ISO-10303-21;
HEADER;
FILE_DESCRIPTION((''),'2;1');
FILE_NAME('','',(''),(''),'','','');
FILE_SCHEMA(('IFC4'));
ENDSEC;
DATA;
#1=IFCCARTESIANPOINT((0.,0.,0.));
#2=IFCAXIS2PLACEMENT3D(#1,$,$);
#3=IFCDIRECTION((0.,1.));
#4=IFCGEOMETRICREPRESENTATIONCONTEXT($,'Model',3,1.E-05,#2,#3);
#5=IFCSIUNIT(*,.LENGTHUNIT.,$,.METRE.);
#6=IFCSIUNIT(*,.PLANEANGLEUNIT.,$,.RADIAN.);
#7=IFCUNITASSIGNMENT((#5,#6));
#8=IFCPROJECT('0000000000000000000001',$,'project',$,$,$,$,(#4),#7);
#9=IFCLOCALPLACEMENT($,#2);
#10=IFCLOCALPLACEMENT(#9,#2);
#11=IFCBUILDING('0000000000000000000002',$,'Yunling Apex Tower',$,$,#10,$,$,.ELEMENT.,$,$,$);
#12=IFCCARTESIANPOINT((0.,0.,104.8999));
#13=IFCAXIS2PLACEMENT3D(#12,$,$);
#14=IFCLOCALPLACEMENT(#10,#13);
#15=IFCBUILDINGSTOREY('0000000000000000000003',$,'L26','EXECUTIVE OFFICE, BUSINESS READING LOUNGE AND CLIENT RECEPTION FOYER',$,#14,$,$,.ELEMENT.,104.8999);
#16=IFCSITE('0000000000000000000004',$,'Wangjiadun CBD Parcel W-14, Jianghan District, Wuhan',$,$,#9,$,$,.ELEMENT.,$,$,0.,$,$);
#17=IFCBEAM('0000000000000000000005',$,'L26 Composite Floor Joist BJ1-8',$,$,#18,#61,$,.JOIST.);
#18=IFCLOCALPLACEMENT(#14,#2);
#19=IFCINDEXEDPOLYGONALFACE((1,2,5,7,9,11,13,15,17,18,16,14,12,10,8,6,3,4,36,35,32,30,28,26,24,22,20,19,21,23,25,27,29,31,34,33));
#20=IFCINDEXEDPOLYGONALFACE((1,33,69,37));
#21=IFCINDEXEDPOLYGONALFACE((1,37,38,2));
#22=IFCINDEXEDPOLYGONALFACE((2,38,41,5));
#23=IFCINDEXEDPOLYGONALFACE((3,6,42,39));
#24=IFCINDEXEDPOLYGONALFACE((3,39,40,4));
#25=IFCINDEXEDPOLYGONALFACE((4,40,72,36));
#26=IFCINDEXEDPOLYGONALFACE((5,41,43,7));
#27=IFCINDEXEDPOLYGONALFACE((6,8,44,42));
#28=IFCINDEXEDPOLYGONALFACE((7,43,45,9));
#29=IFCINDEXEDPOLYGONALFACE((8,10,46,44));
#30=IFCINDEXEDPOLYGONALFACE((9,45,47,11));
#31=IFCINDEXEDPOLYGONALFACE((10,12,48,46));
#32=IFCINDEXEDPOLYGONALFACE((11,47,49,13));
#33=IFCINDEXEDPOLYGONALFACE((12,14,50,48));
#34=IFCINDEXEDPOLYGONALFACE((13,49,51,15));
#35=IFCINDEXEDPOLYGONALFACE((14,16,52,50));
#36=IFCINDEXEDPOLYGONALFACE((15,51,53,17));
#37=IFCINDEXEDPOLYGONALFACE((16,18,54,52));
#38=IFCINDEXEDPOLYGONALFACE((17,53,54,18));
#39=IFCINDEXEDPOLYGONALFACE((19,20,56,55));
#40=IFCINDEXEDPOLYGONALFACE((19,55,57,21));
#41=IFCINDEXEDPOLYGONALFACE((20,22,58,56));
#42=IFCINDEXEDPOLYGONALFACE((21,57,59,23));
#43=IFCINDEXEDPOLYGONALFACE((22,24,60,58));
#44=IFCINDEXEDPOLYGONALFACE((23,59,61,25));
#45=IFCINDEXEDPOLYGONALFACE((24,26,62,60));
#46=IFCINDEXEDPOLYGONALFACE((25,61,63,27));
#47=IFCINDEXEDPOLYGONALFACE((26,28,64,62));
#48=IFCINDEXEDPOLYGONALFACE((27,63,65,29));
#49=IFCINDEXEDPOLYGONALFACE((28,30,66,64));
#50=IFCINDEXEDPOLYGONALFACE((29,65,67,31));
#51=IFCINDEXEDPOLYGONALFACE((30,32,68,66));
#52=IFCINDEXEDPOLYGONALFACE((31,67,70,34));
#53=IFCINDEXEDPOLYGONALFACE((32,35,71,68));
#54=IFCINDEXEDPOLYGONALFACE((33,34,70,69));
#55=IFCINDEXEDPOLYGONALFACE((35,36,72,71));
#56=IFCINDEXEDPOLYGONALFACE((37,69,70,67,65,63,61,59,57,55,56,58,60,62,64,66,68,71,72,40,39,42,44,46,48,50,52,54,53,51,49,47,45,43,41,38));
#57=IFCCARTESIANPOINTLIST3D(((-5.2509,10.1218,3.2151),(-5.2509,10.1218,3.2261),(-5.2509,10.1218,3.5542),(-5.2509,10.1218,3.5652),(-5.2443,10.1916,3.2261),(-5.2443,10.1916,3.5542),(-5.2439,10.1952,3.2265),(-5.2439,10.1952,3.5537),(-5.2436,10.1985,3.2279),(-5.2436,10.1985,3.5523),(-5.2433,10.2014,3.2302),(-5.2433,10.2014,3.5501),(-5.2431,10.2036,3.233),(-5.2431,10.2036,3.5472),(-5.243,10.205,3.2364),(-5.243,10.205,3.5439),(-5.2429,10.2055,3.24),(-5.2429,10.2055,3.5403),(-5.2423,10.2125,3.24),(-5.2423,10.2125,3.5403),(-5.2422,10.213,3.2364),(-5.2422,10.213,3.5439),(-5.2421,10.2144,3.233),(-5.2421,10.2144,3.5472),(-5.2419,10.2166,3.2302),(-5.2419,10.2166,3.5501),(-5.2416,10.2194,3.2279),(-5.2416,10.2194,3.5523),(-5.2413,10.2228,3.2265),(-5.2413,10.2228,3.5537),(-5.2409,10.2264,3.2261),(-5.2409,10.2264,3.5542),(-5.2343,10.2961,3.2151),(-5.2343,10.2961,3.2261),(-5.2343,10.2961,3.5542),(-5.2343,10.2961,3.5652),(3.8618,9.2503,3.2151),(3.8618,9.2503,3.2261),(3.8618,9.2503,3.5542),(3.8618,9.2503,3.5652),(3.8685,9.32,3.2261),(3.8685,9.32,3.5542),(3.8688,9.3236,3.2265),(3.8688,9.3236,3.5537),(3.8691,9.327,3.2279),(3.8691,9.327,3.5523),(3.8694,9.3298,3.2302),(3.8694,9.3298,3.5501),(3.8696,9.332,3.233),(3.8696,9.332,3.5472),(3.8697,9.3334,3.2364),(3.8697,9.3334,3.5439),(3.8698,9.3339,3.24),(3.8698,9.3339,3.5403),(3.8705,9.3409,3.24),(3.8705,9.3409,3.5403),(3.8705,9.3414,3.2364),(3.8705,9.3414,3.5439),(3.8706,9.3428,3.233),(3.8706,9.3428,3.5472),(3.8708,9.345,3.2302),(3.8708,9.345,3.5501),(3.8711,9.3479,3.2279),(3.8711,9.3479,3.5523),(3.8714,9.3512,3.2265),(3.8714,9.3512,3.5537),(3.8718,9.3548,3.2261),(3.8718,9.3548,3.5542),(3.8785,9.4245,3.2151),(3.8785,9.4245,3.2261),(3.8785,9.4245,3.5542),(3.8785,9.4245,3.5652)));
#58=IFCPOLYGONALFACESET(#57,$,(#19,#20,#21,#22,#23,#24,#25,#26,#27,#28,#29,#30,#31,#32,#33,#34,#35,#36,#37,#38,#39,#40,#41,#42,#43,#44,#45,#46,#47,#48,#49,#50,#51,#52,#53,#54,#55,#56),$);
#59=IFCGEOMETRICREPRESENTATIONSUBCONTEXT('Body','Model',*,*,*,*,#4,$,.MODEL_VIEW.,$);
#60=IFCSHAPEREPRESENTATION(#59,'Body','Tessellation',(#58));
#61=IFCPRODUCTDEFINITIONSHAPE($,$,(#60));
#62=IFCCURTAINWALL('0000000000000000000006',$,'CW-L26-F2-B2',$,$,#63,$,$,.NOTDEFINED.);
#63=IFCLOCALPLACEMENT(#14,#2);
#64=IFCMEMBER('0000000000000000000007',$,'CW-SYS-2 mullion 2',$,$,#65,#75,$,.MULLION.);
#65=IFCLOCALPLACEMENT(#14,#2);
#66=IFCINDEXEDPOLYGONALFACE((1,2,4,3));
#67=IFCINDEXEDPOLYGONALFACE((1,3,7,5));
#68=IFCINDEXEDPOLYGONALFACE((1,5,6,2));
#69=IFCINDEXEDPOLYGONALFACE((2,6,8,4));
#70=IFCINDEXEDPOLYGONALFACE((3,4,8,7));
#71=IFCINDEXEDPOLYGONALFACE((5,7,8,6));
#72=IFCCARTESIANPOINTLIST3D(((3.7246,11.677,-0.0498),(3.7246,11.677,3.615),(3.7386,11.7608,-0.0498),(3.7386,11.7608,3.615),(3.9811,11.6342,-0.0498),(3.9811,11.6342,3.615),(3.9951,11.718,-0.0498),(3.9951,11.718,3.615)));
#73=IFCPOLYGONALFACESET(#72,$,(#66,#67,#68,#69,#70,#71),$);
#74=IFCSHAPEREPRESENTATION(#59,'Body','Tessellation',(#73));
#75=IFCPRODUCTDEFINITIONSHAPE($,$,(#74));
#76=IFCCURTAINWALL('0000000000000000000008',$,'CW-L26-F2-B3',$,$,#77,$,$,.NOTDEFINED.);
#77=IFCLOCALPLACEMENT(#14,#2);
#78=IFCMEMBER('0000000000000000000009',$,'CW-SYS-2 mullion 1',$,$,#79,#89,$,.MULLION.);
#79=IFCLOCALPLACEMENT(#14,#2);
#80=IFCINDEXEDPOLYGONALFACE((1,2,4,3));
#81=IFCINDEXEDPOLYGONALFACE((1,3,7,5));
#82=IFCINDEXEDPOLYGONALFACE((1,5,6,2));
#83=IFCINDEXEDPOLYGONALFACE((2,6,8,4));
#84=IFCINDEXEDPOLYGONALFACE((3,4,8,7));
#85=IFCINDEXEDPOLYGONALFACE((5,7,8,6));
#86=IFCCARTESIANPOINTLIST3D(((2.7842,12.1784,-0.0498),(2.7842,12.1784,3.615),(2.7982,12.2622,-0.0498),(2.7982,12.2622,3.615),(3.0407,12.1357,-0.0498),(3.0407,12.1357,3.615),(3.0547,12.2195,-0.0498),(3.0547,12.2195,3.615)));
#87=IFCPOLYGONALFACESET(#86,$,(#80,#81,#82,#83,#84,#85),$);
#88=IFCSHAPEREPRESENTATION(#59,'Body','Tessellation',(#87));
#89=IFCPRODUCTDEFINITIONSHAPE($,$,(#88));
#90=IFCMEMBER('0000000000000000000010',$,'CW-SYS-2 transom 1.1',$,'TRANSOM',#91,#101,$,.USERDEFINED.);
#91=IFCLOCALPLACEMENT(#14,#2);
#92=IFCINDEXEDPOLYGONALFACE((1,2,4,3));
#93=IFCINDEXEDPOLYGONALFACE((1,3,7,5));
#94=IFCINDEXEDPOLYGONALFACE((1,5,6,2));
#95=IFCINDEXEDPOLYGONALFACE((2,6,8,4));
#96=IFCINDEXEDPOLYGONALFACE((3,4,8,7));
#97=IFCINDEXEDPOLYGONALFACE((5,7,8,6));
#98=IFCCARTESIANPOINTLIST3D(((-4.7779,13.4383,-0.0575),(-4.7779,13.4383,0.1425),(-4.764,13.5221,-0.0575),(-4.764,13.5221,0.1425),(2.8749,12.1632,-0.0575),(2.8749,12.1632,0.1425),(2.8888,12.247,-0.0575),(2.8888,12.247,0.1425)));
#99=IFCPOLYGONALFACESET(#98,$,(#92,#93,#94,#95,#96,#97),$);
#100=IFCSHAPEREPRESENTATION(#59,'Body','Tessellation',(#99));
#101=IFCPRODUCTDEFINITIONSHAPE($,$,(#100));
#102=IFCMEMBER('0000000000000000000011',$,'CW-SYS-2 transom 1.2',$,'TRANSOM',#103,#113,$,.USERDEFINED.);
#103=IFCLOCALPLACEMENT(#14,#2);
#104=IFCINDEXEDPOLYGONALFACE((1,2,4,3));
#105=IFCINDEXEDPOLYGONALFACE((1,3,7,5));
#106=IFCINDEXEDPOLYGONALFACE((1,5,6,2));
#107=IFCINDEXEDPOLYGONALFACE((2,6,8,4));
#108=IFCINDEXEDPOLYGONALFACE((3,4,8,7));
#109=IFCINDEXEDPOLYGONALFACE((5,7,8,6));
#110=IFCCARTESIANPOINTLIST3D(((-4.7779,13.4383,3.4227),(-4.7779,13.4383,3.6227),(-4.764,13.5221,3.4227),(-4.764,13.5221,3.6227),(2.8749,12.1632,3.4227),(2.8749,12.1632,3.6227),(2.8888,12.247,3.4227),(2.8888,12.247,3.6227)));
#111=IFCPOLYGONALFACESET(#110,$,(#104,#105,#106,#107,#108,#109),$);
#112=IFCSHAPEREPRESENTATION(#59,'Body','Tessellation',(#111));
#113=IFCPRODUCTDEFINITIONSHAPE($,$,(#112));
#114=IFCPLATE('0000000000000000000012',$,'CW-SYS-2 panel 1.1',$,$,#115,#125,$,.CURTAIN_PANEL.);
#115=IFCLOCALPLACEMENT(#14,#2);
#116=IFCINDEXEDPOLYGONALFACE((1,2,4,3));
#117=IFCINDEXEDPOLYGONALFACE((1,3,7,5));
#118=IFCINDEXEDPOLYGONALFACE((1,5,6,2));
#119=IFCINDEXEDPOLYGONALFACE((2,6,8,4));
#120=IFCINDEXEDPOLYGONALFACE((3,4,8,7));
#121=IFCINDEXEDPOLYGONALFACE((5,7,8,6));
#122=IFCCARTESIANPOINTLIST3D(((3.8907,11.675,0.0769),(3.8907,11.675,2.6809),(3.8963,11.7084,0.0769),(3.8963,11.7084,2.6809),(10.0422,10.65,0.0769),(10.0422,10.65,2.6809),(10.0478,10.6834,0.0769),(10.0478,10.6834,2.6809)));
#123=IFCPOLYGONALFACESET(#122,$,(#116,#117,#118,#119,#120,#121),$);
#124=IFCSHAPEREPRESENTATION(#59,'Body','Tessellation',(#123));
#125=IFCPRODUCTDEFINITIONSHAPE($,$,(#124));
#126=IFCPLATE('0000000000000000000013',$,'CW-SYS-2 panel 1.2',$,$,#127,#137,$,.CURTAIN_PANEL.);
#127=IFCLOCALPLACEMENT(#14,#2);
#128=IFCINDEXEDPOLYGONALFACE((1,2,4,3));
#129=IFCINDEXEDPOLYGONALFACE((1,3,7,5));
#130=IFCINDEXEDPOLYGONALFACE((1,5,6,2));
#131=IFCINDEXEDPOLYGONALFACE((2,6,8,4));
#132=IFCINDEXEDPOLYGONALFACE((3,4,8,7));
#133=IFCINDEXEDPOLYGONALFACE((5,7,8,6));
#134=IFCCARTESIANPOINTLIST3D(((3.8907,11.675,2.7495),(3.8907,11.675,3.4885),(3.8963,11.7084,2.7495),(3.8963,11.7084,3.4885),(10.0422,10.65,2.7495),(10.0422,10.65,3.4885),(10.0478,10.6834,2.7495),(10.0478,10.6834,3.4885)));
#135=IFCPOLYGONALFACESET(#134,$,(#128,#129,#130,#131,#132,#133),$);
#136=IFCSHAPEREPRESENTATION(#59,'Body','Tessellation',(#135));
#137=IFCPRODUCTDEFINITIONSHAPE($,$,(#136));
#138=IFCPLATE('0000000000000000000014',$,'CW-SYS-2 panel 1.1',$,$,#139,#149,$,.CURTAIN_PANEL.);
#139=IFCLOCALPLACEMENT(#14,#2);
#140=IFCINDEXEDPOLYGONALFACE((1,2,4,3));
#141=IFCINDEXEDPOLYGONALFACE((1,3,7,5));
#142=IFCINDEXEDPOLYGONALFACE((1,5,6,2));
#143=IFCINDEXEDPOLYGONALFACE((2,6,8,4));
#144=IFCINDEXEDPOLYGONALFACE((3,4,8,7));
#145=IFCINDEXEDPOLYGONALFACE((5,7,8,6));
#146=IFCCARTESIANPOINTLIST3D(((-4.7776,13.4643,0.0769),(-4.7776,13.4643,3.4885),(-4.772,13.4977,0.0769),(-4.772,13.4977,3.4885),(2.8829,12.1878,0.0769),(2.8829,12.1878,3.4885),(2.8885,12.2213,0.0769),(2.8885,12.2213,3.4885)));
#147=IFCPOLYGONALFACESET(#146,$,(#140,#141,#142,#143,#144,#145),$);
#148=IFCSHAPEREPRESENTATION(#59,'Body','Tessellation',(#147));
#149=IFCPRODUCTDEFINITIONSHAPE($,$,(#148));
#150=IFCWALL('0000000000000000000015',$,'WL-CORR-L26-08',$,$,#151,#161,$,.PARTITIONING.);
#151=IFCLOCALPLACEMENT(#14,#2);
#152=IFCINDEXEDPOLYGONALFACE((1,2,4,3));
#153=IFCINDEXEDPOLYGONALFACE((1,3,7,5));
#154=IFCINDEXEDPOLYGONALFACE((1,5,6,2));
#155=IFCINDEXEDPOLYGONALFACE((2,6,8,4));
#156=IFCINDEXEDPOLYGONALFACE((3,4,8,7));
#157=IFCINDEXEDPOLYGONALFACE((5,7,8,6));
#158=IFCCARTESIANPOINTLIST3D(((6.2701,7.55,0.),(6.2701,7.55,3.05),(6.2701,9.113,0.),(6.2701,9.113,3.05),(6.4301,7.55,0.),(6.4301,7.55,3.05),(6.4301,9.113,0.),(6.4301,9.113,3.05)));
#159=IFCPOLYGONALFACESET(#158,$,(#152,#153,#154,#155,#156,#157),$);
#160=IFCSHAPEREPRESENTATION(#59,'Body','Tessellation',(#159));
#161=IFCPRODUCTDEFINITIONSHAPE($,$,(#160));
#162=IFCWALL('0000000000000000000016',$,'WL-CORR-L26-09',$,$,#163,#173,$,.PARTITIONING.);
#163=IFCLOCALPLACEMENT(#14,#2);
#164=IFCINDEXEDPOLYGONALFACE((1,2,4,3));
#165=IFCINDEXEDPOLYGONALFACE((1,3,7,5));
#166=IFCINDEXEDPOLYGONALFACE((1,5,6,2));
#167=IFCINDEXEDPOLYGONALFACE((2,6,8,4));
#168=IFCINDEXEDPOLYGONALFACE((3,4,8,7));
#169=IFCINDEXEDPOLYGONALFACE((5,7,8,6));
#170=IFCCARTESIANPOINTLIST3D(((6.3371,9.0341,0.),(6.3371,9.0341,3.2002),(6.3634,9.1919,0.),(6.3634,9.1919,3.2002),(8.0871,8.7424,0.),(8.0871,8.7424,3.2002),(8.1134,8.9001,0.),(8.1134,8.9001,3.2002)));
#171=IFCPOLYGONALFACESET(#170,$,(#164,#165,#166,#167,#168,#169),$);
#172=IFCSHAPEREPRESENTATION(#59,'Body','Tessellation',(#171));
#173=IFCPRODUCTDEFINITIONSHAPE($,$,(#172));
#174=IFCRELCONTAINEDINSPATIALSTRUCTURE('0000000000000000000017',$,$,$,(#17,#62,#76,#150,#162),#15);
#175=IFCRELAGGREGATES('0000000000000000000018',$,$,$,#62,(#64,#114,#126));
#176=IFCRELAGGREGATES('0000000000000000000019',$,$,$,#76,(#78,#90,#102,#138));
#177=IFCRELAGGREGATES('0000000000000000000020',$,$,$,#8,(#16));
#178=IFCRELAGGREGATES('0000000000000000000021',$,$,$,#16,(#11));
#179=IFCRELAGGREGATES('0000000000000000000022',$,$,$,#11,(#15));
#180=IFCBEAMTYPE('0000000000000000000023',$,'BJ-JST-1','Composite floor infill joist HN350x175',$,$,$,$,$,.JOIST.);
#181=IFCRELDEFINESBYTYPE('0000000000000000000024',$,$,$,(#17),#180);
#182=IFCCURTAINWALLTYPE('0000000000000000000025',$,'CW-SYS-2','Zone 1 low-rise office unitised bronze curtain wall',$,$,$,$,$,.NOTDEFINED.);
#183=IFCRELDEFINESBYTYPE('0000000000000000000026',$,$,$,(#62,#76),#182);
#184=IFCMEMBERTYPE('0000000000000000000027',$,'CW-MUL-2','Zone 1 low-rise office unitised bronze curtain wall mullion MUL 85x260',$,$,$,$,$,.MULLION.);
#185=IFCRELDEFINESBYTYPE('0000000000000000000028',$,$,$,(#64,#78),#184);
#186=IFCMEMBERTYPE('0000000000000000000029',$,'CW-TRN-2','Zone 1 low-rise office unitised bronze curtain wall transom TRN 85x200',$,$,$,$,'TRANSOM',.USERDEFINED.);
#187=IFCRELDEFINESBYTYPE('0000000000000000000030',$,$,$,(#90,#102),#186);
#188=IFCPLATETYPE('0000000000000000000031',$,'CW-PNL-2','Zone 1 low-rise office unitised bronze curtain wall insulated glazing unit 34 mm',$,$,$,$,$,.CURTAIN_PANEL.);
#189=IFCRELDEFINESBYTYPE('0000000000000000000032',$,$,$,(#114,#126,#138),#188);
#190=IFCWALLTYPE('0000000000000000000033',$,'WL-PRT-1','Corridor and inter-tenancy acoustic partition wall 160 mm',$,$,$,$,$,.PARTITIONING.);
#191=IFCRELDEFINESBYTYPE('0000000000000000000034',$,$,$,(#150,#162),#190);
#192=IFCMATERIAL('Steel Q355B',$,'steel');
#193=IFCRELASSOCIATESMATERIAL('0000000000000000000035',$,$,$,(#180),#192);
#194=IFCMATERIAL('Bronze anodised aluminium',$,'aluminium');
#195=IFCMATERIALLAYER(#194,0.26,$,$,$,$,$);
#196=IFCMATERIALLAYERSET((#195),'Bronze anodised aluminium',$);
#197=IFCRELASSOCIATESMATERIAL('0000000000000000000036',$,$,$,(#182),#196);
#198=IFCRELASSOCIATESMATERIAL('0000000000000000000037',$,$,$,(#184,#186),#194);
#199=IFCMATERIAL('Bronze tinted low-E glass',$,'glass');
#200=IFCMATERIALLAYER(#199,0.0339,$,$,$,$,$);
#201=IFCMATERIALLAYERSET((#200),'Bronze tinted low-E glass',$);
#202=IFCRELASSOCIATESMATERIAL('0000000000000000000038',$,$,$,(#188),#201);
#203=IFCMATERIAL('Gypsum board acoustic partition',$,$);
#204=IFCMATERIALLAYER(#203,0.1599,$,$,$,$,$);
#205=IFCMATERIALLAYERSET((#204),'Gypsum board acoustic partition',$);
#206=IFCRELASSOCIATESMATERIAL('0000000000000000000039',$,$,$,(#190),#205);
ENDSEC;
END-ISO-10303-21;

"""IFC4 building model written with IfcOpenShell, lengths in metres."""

from ifc_helpers import new_model, si_unit, direction, frame, frame_2d, origin, origin_2d, place, context, subcontext, project, spatial, rectangle, i_section, extrude, source, transform, mapped, material, layer, layer_set, material_profile, profile_set, type_object, element, aggregate, save


model = new_model("IFC4")

# Units and contexts
model_context = context("Model", 3, precision=1e-05, world=origin(), true_north=direction((0.0, 1.0)))
body_context = subcontext(model_context, "Body", "Model", "MODEL_VIEW")
ifc_project = project(units=[si_unit("LENGTHUNIT", "METRE"), si_unit("PLANEANGLEUNIT", "RADIAN")], contexts=[model_context])

# Site, building, storey
site_placement = place(None, origin())
site = spatial("IfcSite", under=ifc_project, at=site_placement, Name="Wangjiadun CBD Parcel W-14, Jianghan District, Wuhan", CompositionType="ELEMENT", RefElevation=0.0)
building_placement = place(site_placement, origin())
building = spatial("IfcBuilding", under=site, at=building_placement, Name="Yunling Apex Tower", CompositionType="ELEMENT")
storey_placement = place(building_placement, frame((0.0, 0.0, 104.8999)))
storey = spatial("IfcBuildingStorey", under=building, at=storey_placement, Name="L26", Description="EXECUTIVE OFFICE, BUSINESS READING LOUNGE AND CLIENT RECEPTION FOYER", CompositionType="ELEMENT", Elevation=104.8999)

# Beam
ifc_material_1 = material(Name="Steel Q355B", Category="steel")
ifc_material_profile_1 = material_profile(ifc_material_1, i_section(OverallWidth=0.175, OverallDepth=0.3501, WebThickness=0.0071, FlangeThickness=0.011, FilletRadius=0.0139, at=origin_2d()))
ifc_profile_set_1 = profile_set([ifc_material_profile_1], Name="Steel Q355B")
beam_type_1 = type_object("IfcBeamType", Name="BJ-JST-1", Description="Composite floor infill joist HN350x175", PredefinedType="JOIST", material=ifc_profile_set_1)
shared_shape_1 = source(origin(), body_context, "Body", "SweptSolid", [
    extrude(i_section(OverallWidth=0.175, OverallDepth=0.3501, WebThickness=0.0071, FlangeThickness=0.011, FilletRadius=0.0139, at=origin_2d()), origin(), (0.0, 0.0, 1.0), 9.1543),
])
beam_1_placement = place(storey_placement, frame((3.8701, 9.3374, 3.3901), z_axis=(-0.995457, 0.095209, 0.0), x_axis=(-0.095209, -0.995457, 0.0)))
element("IfcBeam", 1, at=beam_1_placement, inside=storey, type_object=beam_type_1, Name="L26 Composite Floor Joist BJ1-8", PredefinedType="JOIST", context=body_context, shape_type="MappedRepresentation", body=[
    mapped(shared_shape_1, transform((0.0, 0.0, 0.0), scale=1.0)),
])

# Curtain wall, member
ifc_material_2 = material(Name="Bronze anodised aluminium", Category="aluminium")
ifc_layer_1 = layer(ifc_material_2, 0.26)
ifc_layer_set_1 = layer_set([ifc_layer_1], Name="Bronze anodised aluminium")
curtain_wall_type = type_object("IfcCurtainWallType", Name="CW-SYS-2", Description="Zone 1 low-rise office unitised bronze curtain wall", PredefinedType="NOTDEFINED", material=ifc_layer_set_1)
curtain_wall_1_placement = place(storey_placement, origin())
curtain_wall_1 = element("IfcCurtainWall", 2, at=curtain_wall_1_placement, inside=storey, type_object=curtain_wall_type, Name="CW-L26-F2-B2", PredefinedType="NOTDEFINED")
ifc_material_profile_2 = material_profile(ifc_material_2, rectangle(XDim=0.085, YDim=0.26, at=origin_2d()))
ifc_profile_set_2 = profile_set([ifc_material_profile_2], Name="Bronze anodised aluminium")
member_type_1 = type_object("IfcMemberType", Name="CW-MUL-2", Description="Zone 1 low-rise office unitised bronze curtain wall mullion MUL 85x260", PredefinedType="MULLION", material=ifc_profile_set_2)
shared_shape_2 = source(origin(), body_context, "Body", "SweptSolid", [
    extrude(rectangle(XDim=0.085, YDim=0.26, at=origin_2d()), origin(), (0.0, 0.0, 1.0), 3.6648),
])
member_1_placement = place(storey_placement, frame((3.8599, 11.6975, -0.0498), z_axis=(0.0, 0.0, 1.0), x_axis=(-0.164356, -0.986401, 0.0)))
member_1 = element("IfcMember", 3, at=member_1_placement, type_object=member_type_1, Name="CW-SYS-2 mullion 2", PredefinedType="MULLION", context=body_context, shape_type="MappedRepresentation", body=[
    mapped(shared_shape_2, transform((0.0, 0.0, 0.0), scale=1.0)),
])

# Curtain wall, members
curtain_wall_2_placement = place(storey_placement, origin())
curtain_wall_2 = element("IfcCurtainWall", 4, at=curtain_wall_2_placement, inside=storey, type_object=curtain_wall_type, Name="CW-L26-F2-B3", PredefinedType="NOTDEFINED")
member_2_placement = place(storey_placement, frame((2.9194, 12.199, -0.0498), z_axis=(0.0, 0.0, 1.0), x_axis=(-0.164362, -0.9864, 0.0)))
member_2 = element("IfcMember", 5, at=member_2_placement, type_object=member_type_1, Name="CW-SYS-2 mullion 1", PredefinedType="MULLION", context=body_context, shape_type="MappedRepresentation", body=[
    mapped(shared_shape_2, transform((0.0, 0.0, 0.0), scale=1.0)),
])
ifc_material_profile_3 = material_profile(ifc_material_2, rectangle(XDim=0.085, YDim=0.2, at=origin_2d()))
ifc_profile_set_3 = profile_set([ifc_material_profile_3], Name="Bronze anodised aluminium")
member_type_2 = type_object("IfcMemberType", Name="CW-TRN-2", Description="Zone 1 low-rise office unitised bronze curtain wall transom TRN 85x200", ElementType="TRANSOM", PredefinedType="USERDEFINED", material=ifc_profile_set_3)
shared_shape_3 = source(origin(), body_context, "Body", "SweptSolid", [
    extrude(rectangle(XDim=0.085, YDim=0.2, at=origin_2d()), origin(), (0.0, 0.0, 1.0), 7.7583),
])
member_3_placement = place(storey_placement, frame((2.8818, 12.2051, 0.0425), z_axis=(-0.986401, 0.164358, 0.0), x_axis=(-0.164358, -0.986401, 0.0)))
member_3 = element("IfcMember", 6, at=member_3_placement, type_object=member_type_2, Name="CW-SYS-2 transom 1.1", ObjectType="TRANSOM", PredefinedType="USERDEFINED", context=body_context, shape_type="MappedRepresentation", body=[
    mapped(shared_shape_3, transform((0.0, 0.0, 0.0), scale=1.0)),
])
member_4_placement = place(storey_placement, frame((2.8818, 12.2051, 3.5227), z_axis=(-0.986401, 0.164358, 0.0), x_axis=(-0.164358, -0.986401, 0.0)))
member_4 = element("IfcMember", 7, at=member_4_placement, type_object=member_type_2, Name="CW-SYS-2 transom 1.2", ObjectType="TRANSOM", PredefinedType="USERDEFINED", context=body_context, shape_type="MappedRepresentation", body=[
    mapped(shared_shape_3, transform((0.0, 0.0, 0.0), scale=1.0)),
])

# Plates
ifc_material_3 = material(Name="Bronze tinted low-E glass", Category="glass")
ifc_layer_2 = layer(ifc_material_3, 0.0339)
ifc_layer_set_2 = layer_set([ifc_layer_2], Name="Bronze tinted low-E glass")
plate_type = type_object("IfcPlateType", Name="CW-PNL-2", Description="Zone 1 low-rise office unitised bronze curtain wall insulated glazing unit 34 mm", PredefinedType="CURTAIN_PANEL", material=ifc_layer_set_2)
shared_shape_4 = source(origin(), body_context, "Body", "SweptSolid", [
    extrude(rectangle(XDim=6.2363, YDim=0.0339, at=origin_2d()), origin(), (0.0, 0.0, 1.0), 2.604),
])
plate_1_placement = place(storey_placement, frame((6.9692, 11.1792, 0.0769), z_axis=(0.0, 0.0, 1.0), x_axis=(-0.986401, 0.164356, 0.0)))
plate_1 = element("IfcPlate", 8, at=plate_1_placement, type_object=plate_type, Name="CW-SYS-2 panel 1.1", PredefinedType="CURTAIN_PANEL", context=body_context, shape_type="MappedRepresentation", body=[
    mapped(shared_shape_4, transform((0.0, 0.0, 0.0), scale=1.0)),
])
shared_shape_5 = source(origin(), body_context, "Body", "SweptSolid", [
    extrude(rectangle(XDim=6.2363, YDim=0.0339, at=origin_2d()), origin(), (0.0, 0.0, 1.0), 0.739),
])
plate_2_placement = place(storey_placement, frame((6.9692, 11.1792, 2.7495), z_axis=(0.0, 0.0, 1.0), x_axis=(-0.986401, 0.164356, 0.0)))
plate_2 = element("IfcPlate", 9, at=plate_2_placement, type_object=plate_type, Name="CW-SYS-2 panel 1.2", PredefinedType="CURTAIN_PANEL", context=body_context, shape_type="MappedRepresentation", body=[
    mapped(shared_shape_5, transform((0.0, 0.0, 0.0), scale=1.0)),
])
aggregate(curtain_wall_1, [member_1, plate_1, plate_2])
shared_shape_6 = source(origin(), body_context, "Body", "SweptSolid", [
    extrude(rectangle(XDim=7.7661, YDim=0.0339, at=origin_2d()), origin(), (0.0, 0.0, 1.0), 3.4116),
])
plate_3_placement = place(storey_placement, frame((-0.9446, 12.8428, 0.0769), z_axis=(0.0, 0.0, 1.0), x_axis=(-0.9864, 0.164362, 0.0)))
plate_3 = element("IfcPlate", 10, at=plate_3_placement, type_object=plate_type, Name="CW-SYS-2 panel 1.1", PredefinedType="CURTAIN_PANEL", context=body_context, shape_type="MappedRepresentation", body=[
    mapped(shared_shape_6, transform((0.0, 0.0, 0.0), scale=1.0)),
])
aggregate(curtain_wall_2, [member_2, member_3, member_4, plate_3])

# Walls
ifc_material_4 = material(Name="Gypsum board acoustic partition")
ifc_layer_3 = layer(ifc_material_4, 0.1599)
ifc_layer_set_3 = layer_set([ifc_layer_3], Name="Gypsum board acoustic partition")
wall_type_1 = type_object("IfcWallType", Name="WL-PRT-1", Description="Corridor and inter-tenancy acoustic partition wall 160 mm", PredefinedType="PARTITIONING", material=ifc_layer_set_3)
wall_1_placement = place(storey_placement, frame((6.3501, 7.55, 0.0), z_axis=(0.0, 0.0, 1.0), x_axis=(0.0, 1.0, 0.0)))
element("IfcWall", 11, at=wall_1_placement, inside=storey, type_object=wall_type_1, Name="WL-CORR-L26-08", PredefinedType="PARTITIONING", context=body_context, shape_type="SweptSolid", body=[
    extrude(rectangle(XDim=1.563, YDim=0.1599, at=frame_2d((0.7815, 0.0))), origin(), (0.0, 0.0, 1.0), 3.05),
])
wall_2_placement = place(storey_placement, frame((6.3501, 9.113, 0.0), z_axis=(0.0, 0.0, 1.0), x_axis=(0.986386, -0.164444, 0.0)))
element("IfcWall", 12, at=wall_2_placement, inside=storey, type_object=wall_type_1, Name="WL-CORR-L26-09", PredefinedType="PARTITIONING", context=body_context, shape_type="SweptSolid", body=[
    extrude(rectangle(XDim=1.7742, YDim=0.1599, at=frame_2d((0.8872, 0.0))), origin(), (0.0, 0.0, 1.0), 3.2002),
])

save(model, "model.ifc")
